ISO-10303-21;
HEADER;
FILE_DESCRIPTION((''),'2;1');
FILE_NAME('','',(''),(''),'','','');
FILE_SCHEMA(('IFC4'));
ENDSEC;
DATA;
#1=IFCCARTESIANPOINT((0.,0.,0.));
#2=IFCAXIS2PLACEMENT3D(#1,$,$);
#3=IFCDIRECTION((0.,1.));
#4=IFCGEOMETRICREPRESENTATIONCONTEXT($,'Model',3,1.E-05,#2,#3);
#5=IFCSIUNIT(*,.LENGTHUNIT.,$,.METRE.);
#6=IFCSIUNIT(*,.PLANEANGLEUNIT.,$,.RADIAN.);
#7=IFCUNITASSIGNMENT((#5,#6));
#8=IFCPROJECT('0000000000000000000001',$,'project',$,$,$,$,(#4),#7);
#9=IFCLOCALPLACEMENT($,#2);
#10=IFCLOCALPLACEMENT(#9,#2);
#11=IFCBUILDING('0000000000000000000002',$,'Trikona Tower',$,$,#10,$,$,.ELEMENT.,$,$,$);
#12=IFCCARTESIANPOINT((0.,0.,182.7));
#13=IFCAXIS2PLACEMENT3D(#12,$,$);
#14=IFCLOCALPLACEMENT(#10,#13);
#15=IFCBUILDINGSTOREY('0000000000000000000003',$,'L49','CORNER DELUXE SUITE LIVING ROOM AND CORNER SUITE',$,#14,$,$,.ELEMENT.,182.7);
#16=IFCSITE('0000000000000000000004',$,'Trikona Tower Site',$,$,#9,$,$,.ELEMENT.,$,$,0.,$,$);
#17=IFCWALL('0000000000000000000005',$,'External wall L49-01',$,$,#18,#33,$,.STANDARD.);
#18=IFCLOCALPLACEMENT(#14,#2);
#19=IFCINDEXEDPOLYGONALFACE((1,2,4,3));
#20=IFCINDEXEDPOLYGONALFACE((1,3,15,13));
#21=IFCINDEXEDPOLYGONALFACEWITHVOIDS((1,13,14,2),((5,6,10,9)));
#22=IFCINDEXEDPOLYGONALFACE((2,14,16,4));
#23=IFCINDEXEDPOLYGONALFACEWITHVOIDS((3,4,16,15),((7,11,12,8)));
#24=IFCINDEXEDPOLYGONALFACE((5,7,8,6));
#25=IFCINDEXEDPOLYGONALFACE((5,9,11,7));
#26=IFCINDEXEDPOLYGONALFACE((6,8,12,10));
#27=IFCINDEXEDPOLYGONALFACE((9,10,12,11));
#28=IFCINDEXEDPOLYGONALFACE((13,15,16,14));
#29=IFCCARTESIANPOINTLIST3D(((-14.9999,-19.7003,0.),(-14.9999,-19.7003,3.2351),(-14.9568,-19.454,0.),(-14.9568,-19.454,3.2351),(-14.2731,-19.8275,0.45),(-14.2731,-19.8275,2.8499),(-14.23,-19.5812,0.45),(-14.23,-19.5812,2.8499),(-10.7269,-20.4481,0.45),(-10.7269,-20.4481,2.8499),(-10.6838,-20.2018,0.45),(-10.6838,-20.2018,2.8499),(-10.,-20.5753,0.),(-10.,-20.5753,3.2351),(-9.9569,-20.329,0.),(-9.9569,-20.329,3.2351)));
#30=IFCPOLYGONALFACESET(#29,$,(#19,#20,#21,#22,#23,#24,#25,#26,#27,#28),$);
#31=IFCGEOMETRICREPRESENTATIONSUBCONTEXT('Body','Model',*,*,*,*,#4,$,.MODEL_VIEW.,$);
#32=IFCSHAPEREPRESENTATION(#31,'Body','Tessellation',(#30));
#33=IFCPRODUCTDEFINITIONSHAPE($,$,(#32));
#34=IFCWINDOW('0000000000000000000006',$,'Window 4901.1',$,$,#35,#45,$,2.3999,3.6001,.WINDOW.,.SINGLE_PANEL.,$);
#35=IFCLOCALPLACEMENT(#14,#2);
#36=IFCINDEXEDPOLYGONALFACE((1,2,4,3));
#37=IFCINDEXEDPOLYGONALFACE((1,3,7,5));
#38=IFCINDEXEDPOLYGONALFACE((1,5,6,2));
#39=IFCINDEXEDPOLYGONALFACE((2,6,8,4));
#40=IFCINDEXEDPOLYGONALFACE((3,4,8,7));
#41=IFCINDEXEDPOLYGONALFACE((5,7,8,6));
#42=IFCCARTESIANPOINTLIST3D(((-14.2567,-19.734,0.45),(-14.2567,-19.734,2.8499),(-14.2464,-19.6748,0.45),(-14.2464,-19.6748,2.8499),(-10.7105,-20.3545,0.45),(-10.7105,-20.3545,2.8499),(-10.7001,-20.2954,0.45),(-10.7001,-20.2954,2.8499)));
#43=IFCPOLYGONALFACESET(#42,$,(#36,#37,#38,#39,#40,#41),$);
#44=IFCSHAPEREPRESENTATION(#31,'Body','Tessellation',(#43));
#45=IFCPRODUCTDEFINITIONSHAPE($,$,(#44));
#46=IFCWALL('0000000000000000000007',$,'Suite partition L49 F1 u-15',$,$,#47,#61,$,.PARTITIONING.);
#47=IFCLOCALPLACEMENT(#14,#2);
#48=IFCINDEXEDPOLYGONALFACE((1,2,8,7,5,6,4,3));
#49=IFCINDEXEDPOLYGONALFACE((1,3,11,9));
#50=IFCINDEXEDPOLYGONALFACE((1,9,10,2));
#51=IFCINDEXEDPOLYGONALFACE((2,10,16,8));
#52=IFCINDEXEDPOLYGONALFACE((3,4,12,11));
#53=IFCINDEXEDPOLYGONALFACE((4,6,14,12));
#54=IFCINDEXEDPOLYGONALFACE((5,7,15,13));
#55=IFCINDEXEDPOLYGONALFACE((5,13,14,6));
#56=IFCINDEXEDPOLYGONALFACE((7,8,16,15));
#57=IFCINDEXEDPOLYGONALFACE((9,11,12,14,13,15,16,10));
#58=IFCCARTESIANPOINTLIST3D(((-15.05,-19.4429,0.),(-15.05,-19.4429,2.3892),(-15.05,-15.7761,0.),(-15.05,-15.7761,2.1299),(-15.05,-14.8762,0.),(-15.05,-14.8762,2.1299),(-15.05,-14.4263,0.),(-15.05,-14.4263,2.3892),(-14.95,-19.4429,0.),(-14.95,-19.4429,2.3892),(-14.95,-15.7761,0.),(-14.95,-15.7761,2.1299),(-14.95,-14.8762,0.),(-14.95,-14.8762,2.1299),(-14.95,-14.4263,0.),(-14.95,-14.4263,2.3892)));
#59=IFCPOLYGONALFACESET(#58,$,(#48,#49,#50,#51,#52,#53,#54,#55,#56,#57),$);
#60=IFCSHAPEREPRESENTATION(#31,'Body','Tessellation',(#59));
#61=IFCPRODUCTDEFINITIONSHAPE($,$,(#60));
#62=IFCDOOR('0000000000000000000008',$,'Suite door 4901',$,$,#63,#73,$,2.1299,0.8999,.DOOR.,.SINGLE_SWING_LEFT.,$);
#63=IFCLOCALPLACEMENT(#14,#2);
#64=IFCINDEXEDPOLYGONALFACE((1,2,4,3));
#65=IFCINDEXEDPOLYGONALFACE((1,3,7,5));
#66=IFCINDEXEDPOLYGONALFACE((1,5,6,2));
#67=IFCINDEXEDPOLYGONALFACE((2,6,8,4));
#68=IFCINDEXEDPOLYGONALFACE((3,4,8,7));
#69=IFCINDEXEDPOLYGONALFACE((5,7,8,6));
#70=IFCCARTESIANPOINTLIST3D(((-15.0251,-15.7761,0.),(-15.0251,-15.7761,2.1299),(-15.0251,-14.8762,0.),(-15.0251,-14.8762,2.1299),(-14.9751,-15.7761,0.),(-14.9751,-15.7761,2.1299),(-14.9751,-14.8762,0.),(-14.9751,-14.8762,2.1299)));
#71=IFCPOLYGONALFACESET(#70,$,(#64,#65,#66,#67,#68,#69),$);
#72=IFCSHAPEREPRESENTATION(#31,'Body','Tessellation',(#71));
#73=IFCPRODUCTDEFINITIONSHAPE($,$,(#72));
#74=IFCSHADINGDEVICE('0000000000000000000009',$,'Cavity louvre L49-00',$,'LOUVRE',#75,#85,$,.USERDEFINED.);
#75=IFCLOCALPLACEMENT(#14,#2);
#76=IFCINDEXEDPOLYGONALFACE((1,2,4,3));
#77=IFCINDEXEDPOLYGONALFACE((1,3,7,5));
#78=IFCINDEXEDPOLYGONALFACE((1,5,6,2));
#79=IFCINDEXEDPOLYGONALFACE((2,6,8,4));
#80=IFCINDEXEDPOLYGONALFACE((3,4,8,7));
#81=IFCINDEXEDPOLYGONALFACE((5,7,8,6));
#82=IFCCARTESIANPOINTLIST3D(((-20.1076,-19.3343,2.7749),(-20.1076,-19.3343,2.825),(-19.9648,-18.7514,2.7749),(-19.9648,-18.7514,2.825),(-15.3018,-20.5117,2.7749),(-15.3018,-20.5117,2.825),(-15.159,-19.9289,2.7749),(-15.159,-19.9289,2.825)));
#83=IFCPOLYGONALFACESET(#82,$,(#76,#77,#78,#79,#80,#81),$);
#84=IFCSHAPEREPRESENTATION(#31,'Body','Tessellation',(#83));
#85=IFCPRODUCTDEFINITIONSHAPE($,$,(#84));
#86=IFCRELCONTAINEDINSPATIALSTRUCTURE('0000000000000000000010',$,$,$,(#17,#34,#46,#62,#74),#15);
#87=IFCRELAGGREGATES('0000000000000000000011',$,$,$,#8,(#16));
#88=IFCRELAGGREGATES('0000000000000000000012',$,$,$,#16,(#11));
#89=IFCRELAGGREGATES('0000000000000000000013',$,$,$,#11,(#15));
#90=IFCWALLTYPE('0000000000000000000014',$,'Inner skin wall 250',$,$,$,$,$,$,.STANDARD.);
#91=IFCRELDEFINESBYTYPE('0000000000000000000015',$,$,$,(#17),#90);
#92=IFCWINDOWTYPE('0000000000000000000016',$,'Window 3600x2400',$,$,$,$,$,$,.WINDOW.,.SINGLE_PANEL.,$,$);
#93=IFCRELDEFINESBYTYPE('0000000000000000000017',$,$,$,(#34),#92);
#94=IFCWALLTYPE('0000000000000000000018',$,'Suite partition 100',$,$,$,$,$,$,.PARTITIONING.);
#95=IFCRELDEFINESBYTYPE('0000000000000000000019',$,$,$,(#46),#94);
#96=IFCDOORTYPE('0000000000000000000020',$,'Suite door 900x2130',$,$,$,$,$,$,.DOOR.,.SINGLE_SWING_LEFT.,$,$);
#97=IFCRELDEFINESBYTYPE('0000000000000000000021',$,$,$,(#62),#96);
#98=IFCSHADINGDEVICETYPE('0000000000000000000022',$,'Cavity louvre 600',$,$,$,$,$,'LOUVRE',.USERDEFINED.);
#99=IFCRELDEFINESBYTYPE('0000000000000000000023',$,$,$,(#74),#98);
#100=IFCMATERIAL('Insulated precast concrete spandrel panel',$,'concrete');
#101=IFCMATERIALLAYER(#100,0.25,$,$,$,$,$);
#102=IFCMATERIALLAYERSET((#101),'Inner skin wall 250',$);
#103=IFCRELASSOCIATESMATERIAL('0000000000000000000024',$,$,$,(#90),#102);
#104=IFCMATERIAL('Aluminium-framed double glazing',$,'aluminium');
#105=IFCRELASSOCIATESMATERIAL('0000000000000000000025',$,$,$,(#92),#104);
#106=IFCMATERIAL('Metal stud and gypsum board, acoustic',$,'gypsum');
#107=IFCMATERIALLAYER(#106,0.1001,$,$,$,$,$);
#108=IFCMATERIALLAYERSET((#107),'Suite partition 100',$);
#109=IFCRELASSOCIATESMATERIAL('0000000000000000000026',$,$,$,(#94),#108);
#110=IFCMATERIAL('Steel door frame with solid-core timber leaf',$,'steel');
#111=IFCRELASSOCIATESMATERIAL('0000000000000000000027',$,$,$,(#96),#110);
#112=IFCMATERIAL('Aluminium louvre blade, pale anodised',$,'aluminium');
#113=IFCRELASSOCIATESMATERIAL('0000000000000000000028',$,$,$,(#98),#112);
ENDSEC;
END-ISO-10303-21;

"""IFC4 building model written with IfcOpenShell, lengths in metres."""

from ifc_helpers import new_model, si_unit, direction, frame, frame_2d, origin, origin_2d, place, context, subcontext, project, spatial, rectangle, extrude, material, layer, layer_set, type_object, element, fill, save


model = new_model("IFC4")

# Units and contexts
model_context = context("Model", 3, precision=1e-05, world=origin(), true_north=direction((0.0, 1.0)))
body_context = subcontext(model_context, "Body", "Model", "MODEL_VIEW")
ifc_project = project(units=[si_unit("LENGTHUNIT", "METRE"), si_unit("PLANEANGLEUNIT", "RADIAN")], contexts=[model_context])

# Site, building, storey
site_placement = place(None, origin())
site = spatial("IfcSite", under=ifc_project, at=site_placement, Name="Trikona Tower Site", CompositionType="ELEMENT", RefElevation=0.0)
building_placement = place(site_placement, origin())
building = spatial("IfcBuilding", under=site, at=building_placement, Name="Trikona Tower", CompositionType="ELEMENT")
storey_placement = place(building_placement, frame((0.0, 0.0, 182.7)))
storey = spatial("IfcBuildingStorey", under=building, at=storey_placement, Name="L49", Description="CORNER DELUXE SUITE LIVING ROOM AND CORNER SUITE", CompositionType="ELEMENT", Elevation=182.7)

# Wall, opening, window
ifc_material_1 = material(Name="Insulated precast concrete spandrel panel", Category="concrete")
ifc_layer_1 = layer(ifc_material_1, 0.25)
ifc_layer_set_1 = layer_set([ifc_layer_1], Name="Inner skin wall 250")
wall_type_1 = type_object("IfcWallType", Name="Inner skin wall 250", PredefinedType="STANDARD", material=ifc_layer_set_1)
ifc_material_2 = material(Name="Aluminium-framed double glazing", Category="aluminium")
window_type = type_object("IfcWindowType", Name="Window 3600x2400", PartitioningType="SINGLE_PANEL", PredefinedType="WINDOW", material=ifc_material_2)
wall_1_placement = place(storey_placement, frame((-14.9785, -19.5771, 0.0), z_axis=(0.0, 0.0, 1.0), x_axis=(0.98503, -0.17238, 0.0)))
wall_1 = element("IfcWall", 1, at=wall_1_placement, inside=storey, type_object=wall_type_1, Name="External wall L49-01", PredefinedType="STANDARD", context=body_context, shape_type="SweptSolid", body=[
    extrude(rectangle(XDim=5.0759, YDim=0.25, at=frame_2d((2.5381, 0.0))), origin(), (0.0, 0.0, 1.0), 3.2351),
])
opening_1_placement = place(wall_1_placement, frame((0.738, 0.0, 0.45)))
opening_1 = element("IfcOpeningElement", 2, at=opening_1_placement, cuts=wall_1, PredefinedType="OPENING", context=body_context, shape_type="SweptSolid", body=[
    extrude(rectangle(XDim=3.6001, YDim=2.3999, at=frame_2d((1.8, 1.2))), frame((0.0, 0.135, 0.0), z_axis=(0.0, -1.0, 0.0), x_axis=(1.0, 0.0, 0.0)), (0.0, 0.0, 1.0), 0.27),
])
window_1_placement = place(opening_1_placement, origin())
window_1 = element("IfcWindow", 3, at=window_1_placement, inside=storey, type_object=window_type, Name="Window 4901.1", OverallHeight=2.3999, OverallWidth=3.6001, PartitioningType="SINGLE_PANEL", PredefinedType="WINDOW", context=body_context, shape_type="SweptSolid", body=[
    extrude(rectangle(XDim=3.6001, YDim=2.3999, at=frame_2d((1.8, 1.2))), frame((0.0, 0.03, 0.0), z_axis=(0.0, -1.0, 0.0), x_axis=(1.0, 0.0, 0.0)), (0.0, 0.0, 1.0), 0.0601),
])
fill(opening_1, window_1)

# Wall, opening, door
ifc_material_3 = material(Name="Metal stud and gypsum board, acoustic", Category="gypsum")
ifc_layer_2 = layer(ifc_material_3, 0.1001)
ifc_layer_set_2 = layer_set([ifc_layer_2], Name="Suite partition 100")
wall_type_2 = type_object("IfcWallType", Name="Suite partition 100", PredefinedType="PARTITIONING", material=ifc_layer_set_2)
wall_2_placement = place(storey_placement, frame((-15.0, -14.4263, 0.0), z_axis=(0.0, 0.0, 1.0), x_axis=(0.0, -1.0, 0.0)))
wall_2 = element("IfcWall", 4, at=wall_2_placement, inside=storey, type_object=wall_type_2, Name="Suite partition L49 F1 u-15", PredefinedType="PARTITIONING", context=body_context, shape_type="SweptSolid", body=[
    extrude(rectangle(XDim=5.0166, YDim=0.1001, at=frame_2d((2.5083, 0.0))), origin(), (0.0, 0.0, 1.0), 2.3892),
])
opening_2_placement = place(wall_2_placement, frame((0.45, 0.0, 0.0)))
opening_2 = element("IfcOpeningElement", 5, at=opening_2_placement, cuts=wall_2, PredefinedType="OPENING", context=body_context, shape_type="SweptSolid", body=[
    extrude(rectangle(XDim=0.8999, YDim=2.1299, at=frame_2d((0.45, 1.0649))), frame((0.0, 0.0601, 0.0), z_axis=(0.0, -1.0, 0.0), x_axis=(1.0, 0.0, 0.0)), (0.0, 0.0, 1.0), 0.1201),
])
ifc_material_4 = material(Name="Steel door frame with solid-core timber leaf", Category="steel")
door_type = type_object("IfcDoorType", Name="Suite door 900x2130", OperationType="SINGLE_SWING_LEFT", PredefinedType="DOOR", material=ifc_material_4)
door_placement = place(opening_2_placement, origin())
door = element("IfcDoor", 6, at=door_placement, inside=storey, type_object=door_type, Name="Suite door 4901", OperationType="SINGLE_SWING_LEFT", OverallHeight=2.1299, OverallWidth=0.8999, PredefinedType="DOOR", context=body_context, shape_type="SweptSolid", body=[
    extrude(rectangle(XDim=0.8999, YDim=2.1299, at=frame_2d((0.45, 1.0649))), frame((0.0, 0.0249, 0.0), z_axis=(0.0, -1.0, 0.0), x_axis=(1.0, 0.0, 0.0)), (0.0, 0.0, 1.0), 0.05),
])
fill(opening_2, door)

# Shading device
ifc_material_5 = material(Name="Aluminium louvre blade, pale anodised", Category="aluminium")
shading_device_type = type_object("IfcShadingDeviceType", Name="Cavity louvre 600", ElementType="LOUVRE", PredefinedType="USERDEFINED", material=ifc_material_5)
shading_device_placement = place(storey_placement, frame((-17.6333, -19.6316, 2.7749), z_axis=(0.0, 0.0, 1.0), x_axis=(0.971274, -0.237962, 0.0)))
element("IfcShadingDevice", 7, at=shading_device_placement, inside=storey, type_object=shading_device_type, Name="Cavity louvre L49-00", ObjectType="LOUVRE", PredefinedType="USERDEFINED", context=body_context, shape_type="SweptSolid", body=[
    extrude(rectangle(XDim=4.948, YDim=0.6001, at=origin_2d()), origin(), (0.0, 0.0, 1.0), 0.05),
])

save(model, "model.ifc")
